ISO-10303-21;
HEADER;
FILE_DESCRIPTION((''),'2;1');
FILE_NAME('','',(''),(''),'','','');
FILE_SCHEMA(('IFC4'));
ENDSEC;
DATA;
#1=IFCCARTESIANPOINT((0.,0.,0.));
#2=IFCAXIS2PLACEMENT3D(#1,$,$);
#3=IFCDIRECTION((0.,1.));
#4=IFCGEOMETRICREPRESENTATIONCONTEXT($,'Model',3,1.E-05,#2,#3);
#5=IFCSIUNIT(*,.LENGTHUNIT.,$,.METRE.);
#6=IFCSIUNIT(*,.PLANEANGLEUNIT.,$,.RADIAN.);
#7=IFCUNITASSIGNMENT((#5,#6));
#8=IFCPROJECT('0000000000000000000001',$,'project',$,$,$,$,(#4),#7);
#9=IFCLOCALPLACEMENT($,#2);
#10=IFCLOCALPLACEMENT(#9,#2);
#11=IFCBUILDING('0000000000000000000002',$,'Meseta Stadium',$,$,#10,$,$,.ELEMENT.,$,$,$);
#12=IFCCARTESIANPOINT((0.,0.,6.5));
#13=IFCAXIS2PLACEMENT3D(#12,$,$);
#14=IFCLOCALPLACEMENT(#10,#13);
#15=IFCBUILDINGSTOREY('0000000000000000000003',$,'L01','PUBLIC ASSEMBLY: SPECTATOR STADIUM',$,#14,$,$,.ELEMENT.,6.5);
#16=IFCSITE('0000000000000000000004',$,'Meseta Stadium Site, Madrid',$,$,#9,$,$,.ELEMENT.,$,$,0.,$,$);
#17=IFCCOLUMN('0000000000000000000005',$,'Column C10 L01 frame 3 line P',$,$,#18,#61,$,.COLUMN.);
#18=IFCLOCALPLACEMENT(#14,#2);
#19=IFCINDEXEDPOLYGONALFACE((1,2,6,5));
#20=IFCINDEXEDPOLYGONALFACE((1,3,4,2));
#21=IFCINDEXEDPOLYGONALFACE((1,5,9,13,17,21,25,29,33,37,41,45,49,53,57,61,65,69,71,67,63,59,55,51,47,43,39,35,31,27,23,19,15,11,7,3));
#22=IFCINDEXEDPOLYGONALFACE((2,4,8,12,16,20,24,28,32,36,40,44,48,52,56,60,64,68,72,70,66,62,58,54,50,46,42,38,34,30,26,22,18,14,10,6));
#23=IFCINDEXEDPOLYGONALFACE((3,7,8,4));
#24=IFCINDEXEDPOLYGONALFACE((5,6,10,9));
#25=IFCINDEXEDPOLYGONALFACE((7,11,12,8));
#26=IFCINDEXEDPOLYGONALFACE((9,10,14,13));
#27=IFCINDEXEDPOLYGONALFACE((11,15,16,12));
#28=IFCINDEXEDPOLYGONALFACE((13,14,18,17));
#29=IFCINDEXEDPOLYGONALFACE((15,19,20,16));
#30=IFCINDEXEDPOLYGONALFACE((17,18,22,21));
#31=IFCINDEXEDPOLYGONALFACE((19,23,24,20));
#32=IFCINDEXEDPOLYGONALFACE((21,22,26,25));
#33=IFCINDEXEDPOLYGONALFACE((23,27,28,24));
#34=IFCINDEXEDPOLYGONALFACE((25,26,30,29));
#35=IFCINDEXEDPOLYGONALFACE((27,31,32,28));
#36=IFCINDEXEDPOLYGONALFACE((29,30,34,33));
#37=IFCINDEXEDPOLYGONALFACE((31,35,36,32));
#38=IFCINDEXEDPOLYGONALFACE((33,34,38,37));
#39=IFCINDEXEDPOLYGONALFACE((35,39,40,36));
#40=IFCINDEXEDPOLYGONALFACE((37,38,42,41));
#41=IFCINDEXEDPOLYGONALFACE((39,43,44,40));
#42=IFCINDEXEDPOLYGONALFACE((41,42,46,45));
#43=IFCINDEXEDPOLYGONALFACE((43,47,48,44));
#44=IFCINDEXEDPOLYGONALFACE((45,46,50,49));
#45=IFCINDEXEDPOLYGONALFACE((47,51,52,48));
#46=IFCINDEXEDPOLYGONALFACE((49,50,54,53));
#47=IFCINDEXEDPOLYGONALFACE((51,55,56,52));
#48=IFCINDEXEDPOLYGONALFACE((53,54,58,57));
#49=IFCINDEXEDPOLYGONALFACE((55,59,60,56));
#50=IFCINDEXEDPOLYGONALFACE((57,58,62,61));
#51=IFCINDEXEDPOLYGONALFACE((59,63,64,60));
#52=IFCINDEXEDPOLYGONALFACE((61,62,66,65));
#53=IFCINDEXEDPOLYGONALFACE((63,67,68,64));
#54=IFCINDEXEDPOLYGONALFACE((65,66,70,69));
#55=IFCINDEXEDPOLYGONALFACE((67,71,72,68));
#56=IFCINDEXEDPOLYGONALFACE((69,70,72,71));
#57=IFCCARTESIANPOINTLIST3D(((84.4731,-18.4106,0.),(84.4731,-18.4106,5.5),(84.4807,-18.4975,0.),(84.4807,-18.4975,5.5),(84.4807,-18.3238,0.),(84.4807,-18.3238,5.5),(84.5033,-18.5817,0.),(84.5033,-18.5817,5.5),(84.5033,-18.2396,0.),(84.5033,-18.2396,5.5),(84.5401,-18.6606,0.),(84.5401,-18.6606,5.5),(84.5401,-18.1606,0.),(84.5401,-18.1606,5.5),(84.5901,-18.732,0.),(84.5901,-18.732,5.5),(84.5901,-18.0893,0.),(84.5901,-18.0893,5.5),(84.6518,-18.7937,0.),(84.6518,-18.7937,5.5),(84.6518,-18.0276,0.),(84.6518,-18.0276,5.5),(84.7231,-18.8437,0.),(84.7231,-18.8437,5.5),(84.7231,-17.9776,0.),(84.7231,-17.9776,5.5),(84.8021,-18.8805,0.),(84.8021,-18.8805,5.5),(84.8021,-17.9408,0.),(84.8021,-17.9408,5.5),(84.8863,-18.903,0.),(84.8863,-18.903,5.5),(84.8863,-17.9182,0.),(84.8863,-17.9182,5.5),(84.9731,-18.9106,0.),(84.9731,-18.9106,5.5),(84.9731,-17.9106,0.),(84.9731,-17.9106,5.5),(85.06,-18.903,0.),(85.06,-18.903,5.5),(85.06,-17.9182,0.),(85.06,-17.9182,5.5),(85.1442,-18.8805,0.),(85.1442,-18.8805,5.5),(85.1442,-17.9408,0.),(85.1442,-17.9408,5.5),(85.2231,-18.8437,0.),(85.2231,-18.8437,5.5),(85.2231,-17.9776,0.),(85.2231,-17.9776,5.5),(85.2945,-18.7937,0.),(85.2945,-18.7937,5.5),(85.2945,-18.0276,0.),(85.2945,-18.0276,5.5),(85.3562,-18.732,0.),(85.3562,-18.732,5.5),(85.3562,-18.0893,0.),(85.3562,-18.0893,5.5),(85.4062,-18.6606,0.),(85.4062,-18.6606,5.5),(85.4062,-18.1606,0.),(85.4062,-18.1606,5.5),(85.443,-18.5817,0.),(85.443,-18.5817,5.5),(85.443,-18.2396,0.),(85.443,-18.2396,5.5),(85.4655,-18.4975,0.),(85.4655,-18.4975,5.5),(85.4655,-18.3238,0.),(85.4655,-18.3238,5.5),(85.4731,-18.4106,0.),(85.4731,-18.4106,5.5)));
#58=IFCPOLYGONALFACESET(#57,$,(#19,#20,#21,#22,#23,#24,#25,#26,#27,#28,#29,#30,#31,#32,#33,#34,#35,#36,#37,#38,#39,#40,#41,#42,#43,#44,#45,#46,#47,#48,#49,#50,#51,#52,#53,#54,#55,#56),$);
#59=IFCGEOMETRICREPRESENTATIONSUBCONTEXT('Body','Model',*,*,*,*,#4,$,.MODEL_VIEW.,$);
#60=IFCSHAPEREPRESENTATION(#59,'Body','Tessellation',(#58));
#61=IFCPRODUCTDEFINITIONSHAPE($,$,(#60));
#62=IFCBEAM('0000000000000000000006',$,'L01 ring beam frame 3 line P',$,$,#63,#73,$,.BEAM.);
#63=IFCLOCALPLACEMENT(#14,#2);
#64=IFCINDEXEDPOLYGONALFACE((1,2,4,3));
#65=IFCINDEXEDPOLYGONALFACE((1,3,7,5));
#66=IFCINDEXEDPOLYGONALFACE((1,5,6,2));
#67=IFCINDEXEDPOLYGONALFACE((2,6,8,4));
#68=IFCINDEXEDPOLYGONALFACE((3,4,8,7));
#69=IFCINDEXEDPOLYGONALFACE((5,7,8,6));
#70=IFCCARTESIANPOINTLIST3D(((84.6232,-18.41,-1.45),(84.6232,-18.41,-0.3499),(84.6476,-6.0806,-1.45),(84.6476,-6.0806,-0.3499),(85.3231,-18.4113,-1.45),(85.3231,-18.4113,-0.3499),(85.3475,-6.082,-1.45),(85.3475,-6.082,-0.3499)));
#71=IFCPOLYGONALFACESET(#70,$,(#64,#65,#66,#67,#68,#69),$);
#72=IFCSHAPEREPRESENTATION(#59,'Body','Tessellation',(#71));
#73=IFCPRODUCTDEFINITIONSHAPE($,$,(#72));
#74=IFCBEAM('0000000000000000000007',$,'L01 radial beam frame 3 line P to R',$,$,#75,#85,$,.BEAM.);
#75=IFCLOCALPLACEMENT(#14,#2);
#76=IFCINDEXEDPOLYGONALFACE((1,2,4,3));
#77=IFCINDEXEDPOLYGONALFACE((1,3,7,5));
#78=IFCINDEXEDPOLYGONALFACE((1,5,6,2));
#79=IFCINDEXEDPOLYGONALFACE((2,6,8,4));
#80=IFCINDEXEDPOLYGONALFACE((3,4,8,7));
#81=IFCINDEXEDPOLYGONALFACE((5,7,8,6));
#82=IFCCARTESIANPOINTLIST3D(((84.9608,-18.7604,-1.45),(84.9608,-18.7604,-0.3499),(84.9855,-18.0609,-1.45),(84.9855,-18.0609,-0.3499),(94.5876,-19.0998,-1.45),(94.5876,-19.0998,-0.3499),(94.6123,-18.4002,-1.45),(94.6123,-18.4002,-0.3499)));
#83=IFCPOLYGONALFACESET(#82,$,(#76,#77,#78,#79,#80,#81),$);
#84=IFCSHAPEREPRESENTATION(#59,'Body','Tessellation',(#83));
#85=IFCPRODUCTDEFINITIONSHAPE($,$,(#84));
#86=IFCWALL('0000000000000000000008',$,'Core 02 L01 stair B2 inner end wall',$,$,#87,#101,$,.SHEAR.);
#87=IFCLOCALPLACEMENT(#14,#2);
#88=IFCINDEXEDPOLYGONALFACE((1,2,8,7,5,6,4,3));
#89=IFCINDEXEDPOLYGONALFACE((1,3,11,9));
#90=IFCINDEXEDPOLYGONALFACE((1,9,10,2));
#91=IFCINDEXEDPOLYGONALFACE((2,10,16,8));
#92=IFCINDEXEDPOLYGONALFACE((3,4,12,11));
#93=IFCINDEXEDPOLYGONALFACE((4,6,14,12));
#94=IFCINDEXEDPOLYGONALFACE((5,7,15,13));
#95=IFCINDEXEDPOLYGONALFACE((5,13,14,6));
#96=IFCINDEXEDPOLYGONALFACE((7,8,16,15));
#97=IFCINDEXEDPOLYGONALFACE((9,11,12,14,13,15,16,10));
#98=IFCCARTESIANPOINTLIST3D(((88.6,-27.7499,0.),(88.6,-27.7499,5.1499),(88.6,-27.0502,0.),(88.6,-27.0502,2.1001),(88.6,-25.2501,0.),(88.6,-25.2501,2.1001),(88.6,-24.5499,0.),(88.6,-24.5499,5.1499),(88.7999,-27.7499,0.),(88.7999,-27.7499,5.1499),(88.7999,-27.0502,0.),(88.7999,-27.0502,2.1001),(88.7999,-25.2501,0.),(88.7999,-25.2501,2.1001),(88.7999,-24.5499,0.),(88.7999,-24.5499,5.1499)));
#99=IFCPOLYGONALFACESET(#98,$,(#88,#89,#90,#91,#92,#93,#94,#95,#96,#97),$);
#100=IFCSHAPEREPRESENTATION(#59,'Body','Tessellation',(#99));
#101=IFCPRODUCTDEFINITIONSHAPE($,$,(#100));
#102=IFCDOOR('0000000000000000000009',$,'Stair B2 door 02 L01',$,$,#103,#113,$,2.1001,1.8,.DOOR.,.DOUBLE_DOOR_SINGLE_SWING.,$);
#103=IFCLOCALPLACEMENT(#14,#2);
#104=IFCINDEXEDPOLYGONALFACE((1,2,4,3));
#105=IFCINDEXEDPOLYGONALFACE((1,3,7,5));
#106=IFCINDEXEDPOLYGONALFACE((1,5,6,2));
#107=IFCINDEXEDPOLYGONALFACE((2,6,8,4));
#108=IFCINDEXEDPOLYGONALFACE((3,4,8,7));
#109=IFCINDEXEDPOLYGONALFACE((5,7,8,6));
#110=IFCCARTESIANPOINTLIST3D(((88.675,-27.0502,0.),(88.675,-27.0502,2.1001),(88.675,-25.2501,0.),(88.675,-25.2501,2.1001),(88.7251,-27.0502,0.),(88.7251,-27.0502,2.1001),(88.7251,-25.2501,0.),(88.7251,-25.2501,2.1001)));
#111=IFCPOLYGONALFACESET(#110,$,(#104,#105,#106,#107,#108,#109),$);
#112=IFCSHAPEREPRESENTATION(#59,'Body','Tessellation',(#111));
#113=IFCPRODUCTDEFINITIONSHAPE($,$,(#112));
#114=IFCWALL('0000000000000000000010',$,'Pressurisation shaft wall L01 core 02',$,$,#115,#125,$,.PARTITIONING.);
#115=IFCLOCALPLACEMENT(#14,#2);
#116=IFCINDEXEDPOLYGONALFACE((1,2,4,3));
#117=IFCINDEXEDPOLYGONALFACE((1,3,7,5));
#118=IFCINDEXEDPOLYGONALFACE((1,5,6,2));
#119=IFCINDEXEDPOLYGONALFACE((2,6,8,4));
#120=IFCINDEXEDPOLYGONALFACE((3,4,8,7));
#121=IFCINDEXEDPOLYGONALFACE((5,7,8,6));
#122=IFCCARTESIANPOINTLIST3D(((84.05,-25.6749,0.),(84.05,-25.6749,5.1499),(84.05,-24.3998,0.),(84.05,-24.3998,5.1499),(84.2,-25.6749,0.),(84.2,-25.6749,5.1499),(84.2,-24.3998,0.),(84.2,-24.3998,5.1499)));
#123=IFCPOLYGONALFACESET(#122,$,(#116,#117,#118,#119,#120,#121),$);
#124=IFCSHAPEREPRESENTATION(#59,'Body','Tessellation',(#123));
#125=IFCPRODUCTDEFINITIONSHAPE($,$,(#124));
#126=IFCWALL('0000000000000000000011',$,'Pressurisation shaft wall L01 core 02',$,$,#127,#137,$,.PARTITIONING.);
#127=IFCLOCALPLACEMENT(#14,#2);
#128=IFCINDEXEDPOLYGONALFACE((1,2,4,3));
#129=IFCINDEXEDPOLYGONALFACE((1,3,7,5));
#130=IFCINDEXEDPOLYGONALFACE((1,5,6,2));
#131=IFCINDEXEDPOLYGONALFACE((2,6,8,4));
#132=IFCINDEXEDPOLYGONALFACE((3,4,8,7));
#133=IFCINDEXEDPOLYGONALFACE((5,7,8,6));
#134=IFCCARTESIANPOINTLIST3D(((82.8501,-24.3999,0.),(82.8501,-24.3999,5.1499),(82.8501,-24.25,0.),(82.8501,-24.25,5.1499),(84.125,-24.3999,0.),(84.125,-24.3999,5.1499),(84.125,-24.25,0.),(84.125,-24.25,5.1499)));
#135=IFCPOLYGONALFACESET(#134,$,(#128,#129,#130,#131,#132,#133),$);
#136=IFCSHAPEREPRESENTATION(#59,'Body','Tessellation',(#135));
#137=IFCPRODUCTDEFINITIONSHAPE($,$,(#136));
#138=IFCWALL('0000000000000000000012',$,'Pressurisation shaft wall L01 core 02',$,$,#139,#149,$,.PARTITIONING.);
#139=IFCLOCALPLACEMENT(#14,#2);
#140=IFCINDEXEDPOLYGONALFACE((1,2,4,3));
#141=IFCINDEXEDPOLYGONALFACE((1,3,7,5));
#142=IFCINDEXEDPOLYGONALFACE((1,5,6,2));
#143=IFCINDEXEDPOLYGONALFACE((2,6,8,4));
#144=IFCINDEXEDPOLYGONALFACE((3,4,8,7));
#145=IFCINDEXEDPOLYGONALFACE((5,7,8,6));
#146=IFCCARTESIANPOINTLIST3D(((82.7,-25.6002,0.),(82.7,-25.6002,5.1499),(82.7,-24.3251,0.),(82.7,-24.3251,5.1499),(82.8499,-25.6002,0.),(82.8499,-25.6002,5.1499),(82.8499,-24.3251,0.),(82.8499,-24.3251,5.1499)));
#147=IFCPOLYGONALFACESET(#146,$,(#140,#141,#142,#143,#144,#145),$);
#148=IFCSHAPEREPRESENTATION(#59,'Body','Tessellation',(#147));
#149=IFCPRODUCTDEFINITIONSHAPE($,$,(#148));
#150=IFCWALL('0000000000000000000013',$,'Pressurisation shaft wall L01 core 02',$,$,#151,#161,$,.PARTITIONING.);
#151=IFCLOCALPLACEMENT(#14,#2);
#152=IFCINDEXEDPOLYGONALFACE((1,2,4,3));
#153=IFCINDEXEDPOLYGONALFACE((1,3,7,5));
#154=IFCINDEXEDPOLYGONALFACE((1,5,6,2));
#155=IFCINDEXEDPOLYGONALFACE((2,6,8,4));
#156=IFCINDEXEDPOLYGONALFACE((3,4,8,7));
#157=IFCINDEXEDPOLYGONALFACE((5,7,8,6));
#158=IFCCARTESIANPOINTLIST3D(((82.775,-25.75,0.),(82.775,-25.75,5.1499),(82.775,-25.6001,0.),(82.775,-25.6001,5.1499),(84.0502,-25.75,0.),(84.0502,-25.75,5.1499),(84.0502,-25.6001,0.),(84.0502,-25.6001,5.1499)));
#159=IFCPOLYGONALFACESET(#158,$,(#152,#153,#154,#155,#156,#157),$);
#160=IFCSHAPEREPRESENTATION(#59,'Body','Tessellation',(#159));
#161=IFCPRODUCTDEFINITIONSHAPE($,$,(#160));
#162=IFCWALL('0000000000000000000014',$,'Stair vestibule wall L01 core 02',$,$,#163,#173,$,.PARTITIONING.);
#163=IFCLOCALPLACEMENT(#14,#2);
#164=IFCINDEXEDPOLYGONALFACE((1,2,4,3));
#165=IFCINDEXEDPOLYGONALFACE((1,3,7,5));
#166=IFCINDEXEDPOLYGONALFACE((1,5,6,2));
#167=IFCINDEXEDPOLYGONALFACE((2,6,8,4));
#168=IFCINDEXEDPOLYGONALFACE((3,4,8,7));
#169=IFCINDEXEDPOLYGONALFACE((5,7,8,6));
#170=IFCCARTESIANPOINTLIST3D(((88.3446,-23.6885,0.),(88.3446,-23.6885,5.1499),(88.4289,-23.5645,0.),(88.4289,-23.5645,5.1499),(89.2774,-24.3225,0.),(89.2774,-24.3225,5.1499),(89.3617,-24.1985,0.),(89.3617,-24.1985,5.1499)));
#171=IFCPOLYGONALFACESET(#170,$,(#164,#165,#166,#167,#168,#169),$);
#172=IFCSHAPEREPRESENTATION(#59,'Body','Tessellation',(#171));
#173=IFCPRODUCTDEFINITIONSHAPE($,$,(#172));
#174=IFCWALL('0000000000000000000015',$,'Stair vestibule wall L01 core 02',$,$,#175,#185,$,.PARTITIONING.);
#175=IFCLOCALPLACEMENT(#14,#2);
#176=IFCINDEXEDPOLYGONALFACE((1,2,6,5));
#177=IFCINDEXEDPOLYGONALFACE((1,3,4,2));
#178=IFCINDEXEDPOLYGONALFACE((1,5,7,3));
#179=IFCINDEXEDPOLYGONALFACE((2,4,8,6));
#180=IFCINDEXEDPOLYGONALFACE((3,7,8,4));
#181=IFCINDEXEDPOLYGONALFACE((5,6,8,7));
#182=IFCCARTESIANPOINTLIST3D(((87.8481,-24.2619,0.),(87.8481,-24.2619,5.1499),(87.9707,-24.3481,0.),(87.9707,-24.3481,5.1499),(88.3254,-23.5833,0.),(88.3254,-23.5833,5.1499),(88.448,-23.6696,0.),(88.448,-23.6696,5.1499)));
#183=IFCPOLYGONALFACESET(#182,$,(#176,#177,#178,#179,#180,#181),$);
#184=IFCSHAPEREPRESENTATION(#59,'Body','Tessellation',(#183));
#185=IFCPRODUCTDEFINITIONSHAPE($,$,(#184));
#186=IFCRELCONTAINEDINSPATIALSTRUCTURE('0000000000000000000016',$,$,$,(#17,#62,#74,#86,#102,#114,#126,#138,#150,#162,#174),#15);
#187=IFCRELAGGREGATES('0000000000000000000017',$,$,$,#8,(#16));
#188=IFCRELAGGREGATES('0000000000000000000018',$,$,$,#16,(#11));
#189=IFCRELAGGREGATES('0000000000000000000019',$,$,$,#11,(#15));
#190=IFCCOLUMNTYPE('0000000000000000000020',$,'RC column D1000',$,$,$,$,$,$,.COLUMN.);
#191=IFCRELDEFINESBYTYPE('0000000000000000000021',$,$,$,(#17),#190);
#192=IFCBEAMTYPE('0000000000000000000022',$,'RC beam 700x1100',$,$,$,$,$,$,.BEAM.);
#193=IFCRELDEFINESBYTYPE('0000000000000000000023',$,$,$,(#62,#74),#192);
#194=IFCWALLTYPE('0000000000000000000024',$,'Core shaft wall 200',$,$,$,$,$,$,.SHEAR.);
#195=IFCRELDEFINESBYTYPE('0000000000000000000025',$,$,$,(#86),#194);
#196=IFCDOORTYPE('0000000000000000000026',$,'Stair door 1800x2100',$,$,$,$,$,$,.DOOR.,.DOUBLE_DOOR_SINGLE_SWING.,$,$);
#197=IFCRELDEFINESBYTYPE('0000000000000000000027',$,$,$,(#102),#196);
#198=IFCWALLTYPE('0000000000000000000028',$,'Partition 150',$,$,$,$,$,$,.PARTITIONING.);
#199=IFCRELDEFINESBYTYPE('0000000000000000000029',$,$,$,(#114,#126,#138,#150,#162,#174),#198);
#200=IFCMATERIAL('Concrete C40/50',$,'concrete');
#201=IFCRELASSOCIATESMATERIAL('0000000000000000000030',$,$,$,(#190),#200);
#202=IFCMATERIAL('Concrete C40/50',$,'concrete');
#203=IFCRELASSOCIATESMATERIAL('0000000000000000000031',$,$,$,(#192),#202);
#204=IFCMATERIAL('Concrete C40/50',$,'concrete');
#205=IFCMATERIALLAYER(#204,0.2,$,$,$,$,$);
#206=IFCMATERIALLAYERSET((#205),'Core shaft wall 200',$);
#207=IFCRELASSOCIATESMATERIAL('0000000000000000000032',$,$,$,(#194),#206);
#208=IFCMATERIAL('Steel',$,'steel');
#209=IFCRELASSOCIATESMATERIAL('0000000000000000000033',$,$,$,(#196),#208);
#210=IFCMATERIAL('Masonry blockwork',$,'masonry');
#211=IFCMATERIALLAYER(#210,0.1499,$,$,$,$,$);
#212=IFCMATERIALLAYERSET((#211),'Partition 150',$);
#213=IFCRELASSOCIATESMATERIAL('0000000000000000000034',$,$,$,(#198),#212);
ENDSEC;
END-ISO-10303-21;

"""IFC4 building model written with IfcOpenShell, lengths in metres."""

from ifc_helpers import new_model, si_unit, direction, frame, frame_2d, origin, origin_2d, place, context, subcontext, project, spatial, rectangle, circle, extrude, material, layer, layer_set, material_profile, profile_set, type_object, element, fill, save


model = new_model("IFC4")

# Units and contexts
model_context = context("Model", 3, precision=1e-05, world=origin(), true_north=direction((0.0, 1.0)))
body_context = subcontext(model_context, "Body", "Model", "MODEL_VIEW")
ifc_project = project(units=[si_unit("LENGTHUNIT", "METRE"), si_unit("PLANEANGLEUNIT", "RADIAN")], contexts=[model_context])

# Site, building, storey
site_placement = place(None, origin())
site = spatial("IfcSite", under=ifc_project, at=site_placement, Name="Meseta Stadium Site, Madrid", CompositionType="ELEMENT", RefElevation=0.0)
building_placement = place(site_placement, origin())
building = spatial("IfcBuilding", under=site, at=building_placement, Name="Meseta Stadium", CompositionType="ELEMENT")
storey_placement = place(building_placement, frame((0.0, 0.0, 6.5)))
storey = spatial("IfcBuildingStorey", under=building, at=storey_placement, Name="L01", Description="PUBLIC ASSEMBLY: SPECTATOR STADIUM", CompositionType="ELEMENT", Elevation=6.5)

# Column
ifc_material_1 = material(Name="Concrete C40/50", Category="concrete")
ifc_material_profile_1 = material_profile(ifc_material_1, circle(Radius=0.5, at=origin_2d()), Name="RC D1000")
ifc_profile_set_1 = profile_set([ifc_material_profile_1], Name="Concrete C40/50")
column_type = type_object("IfcColumnType", Name="RC column D1000", PredefinedType="COLUMN", material=ifc_profile_set_1)
column_placement = place(storey_placement, frame((84.9731, -18.4106, 0.0), z_axis=(0.0, 0.0, 1.0), x_axis=(1.0, 0.0, 0.0)))
element("IfcColumn", 1, at=column_placement, inside=storey, type_object=column_type, Name="Column C10 L01 frame 3 line P", PredefinedType="COLUMN", context=body_context, shape_type="SweptSolid", body=[
    extrude(circle(Radius=0.5, at=origin_2d()), origin(), (0.0, 0.0, 1.0), 5.5),
])

# Beams
ifc_material_2 = material(Name="Concrete C40/50", Category="concrete")
ifc_material_profile_2 = material_profile(ifc_material_2, rectangle(XDim=0.7, YDim=1.1001, at=origin_2d()), Name="RC 700x1100")
ifc_profile_set_2 = profile_set([ifc_material_profile_2], Name="Concrete C40/50")
beam_type = type_object("IfcBeamType", Name="RC beam 700x1100", PredefinedType="BEAM", material=ifc_profile_set_2)
beam_1_placement = place(storey_placement, frame((84.9731, -18.4106, -0.8999), z_axis=(0.00198, 0.999998, 0.0), x_axis=(-0.999998, 0.00198, 0.0)))
element("IfcBeam", 2, at=beam_1_placement, inside=storey, type_object=beam_type, Name="L01 ring beam frame 3 line P", PredefinedType="BEAM", context=body_context, shape_type="SweptSolid", body=[
    extrude(rectangle(XDim=0.7, YDim=1.1001, at=origin_2d()), origin(), (0.0, 0.0, 1.0), 12.3293),
])
beam_2_placement = place(storey_placement, frame((84.9731, -18.4106, -0.8999), z_axis=(0.999379, -0.035229, 0.0), x_axis=(0.035229, 0.999379, 0.0)))
element("IfcBeam", 3, at=beam_2_placement, inside=storey, type_object=beam_type, Name="L01 radial beam frame 3 line P to R", PredefinedType="BEAM", context=body_context, shape_type="SweptSolid", body=[
    extrude(rectangle(XDim=0.7, YDim=1.1001, at=origin_2d()), origin(), (0.0, 0.0, 1.0), 9.6328),
])

# Wall, opening, door
ifc_material_3 = material(Name="Concrete C40/50", Category="concrete")
ifc_layer_1 = layer(ifc_material_3, 0.2)
ifc_layer_set_1 = layer_set([ifc_layer_1], Name="Core shaft wall 200")
wall_type_1 = type_object("IfcWallType", Name="Core shaft wall 200", PredefinedType="SHEAR", material=ifc_layer_set_1)
wall_1_placement = place(storey_placement, frame((88.7, -27.75, 0.0), z_axis=(0.0, 0.0, 1.0), x_axis=(0.0, 1.0, 0.0)))
wall_1 = element("IfcWall", 4, at=wall_1_placement, inside=storey, type_object=wall_type_1, Name="Core 02 L01 stair B2 inner end wall", PredefinedType="SHEAR", context=body_context, shape_type="SweptSolid", body=[
    extrude(rectangle(XDim=3.2, YDim=0.2, at=frame_2d((1.6001, 0.0))), origin(), (0.0, 0.0, 1.0), 5.1499),
])
opening_1_placement = place(wall_1_placement, frame((0.7, 0.0, 0.0)))
opening_1 = element("IfcOpeningElement", 5, at=opening_1_placement, cuts=wall_1, PredefinedType="OPENING", context=body_context, shape_type="SweptSolid", body=[
    extrude(rectangle(XDim=1.8, YDim=2.1001, at=frame_2d((0.8999, 1.05))), frame((0.0, 0.1099, 0.0), z_axis=(0.0, -1.0, 0.0), x_axis=(1.0, 0.0, 0.0)), (0.0, 0.0, 1.0), 0.22),
])
ifc_material_4 = material(Name="Steel", Category="steel")
door_type_1 = type_object("IfcDoorType", Name="Stair door 1800x2100", OperationType="DOUBLE_DOOR_SINGLE_SWING", PredefinedType="DOOR", material=ifc_material_4)
door_1_placement = place(opening_1_placement, origin())
door_1 = element("IfcDoor", 6, at=door_1_placement, inside=storey, type_object=door_type_1, Name="Stair B2 door 02 L01", OperationType="DOUBLE_DOOR_SINGLE_SWING", OverallHeight=2.1001, OverallWidth=1.8, PredefinedType="DOOR", context=body_context, shape_type="SweptSolid", body=[
    extrude(rectangle(XDim=1.8, YDim=2.1001, at=frame_2d((0.8999, 1.05))), frame((0.0, 0.0249, 0.0), z_axis=(0.0, -1.0, 0.0), x_axis=(1.0, 0.0, 0.0)), (0.0, 0.0, 1.0), 0.05),
])
fill(opening_1, door_1)

# Walls
ifc_material_5 = material(Name="Masonry blockwork", Category="masonry")
ifc_layer_2 = layer(ifc_material_5, 0.1499)
ifc_layer_set_2 = layer_set([ifc_layer_2], Name="Partition 150")
wall_type_2 = type_object("IfcWallType", Name="Partition 150", PredefinedType="PARTITIONING", material=ifc_layer_set_2)
wall_2_placement = place(storey_placement, frame((84.125, -25.675, 0.0), z_axis=(0.0, 0.0, 1.0), x_axis=(0.0, 1.0, 0.0)))
element("IfcWall", 7, at=wall_2_placement, inside=storey, type_object=wall_type_2, Name="Pressurisation shaft wall L01 core 02", PredefinedType="PARTITIONING", context=body_context, shape_type="SweptSolid", body=[
    extrude(rectangle(XDim=1.2751, YDim=0.1499, at=frame_2d((0.6377, 0.0))), origin(), (0.0, 0.0, 1.0), 5.1499),
])
wall_3_placement = place(storey_placement, frame((84.125, -24.325, 0.0), z_axis=(0.0, 0.0, 1.0), x_axis=(-1.0, 0.0, 0.0)))
element("IfcWall", 8, at=wall_3_placement, inside=storey, type_object=wall_type_2, Name="Pressurisation shaft wall L01 core 02", PredefinedType="PARTITIONING", context=body_context, shape_type="SweptSolid", body=[
    extrude(rectangle(XDim=1.2749, YDim=0.1499, at=frame_2d((0.6375, 0.0))), origin(), (0.0, 0.0, 1.0), 5.1499),
])
for number, where, z_axis, x_axis, name in (
    (9, (82.7749, -24.325, 0.0), (0.0, 0.0, 1.0), (0.0, -1.0, 0.0), "Pressurisation shaft wall L01 core 02"),
    (10, (82.7749, -25.675, 0.0), (0.0, 0.0, 1.0), (1.0, 0.0, 0.0), "Pressurisation shaft wall L01 core 02"),
):
    element("IfcWall", number, at=place(storey_placement, frame(where, z_axis=z_axis, x_axis=x_axis)), inside=storey, type_object=wall_type_2, Name=name, PredefinedType="PARTITIONING", context=body_context, shape_type="SweptSolid", body=[
        extrude(rectangle(XDim=1.2751, YDim=0.1499, at=frame_2d((0.6377, 0.0))), origin(), (0.0, 0.0, 1.0), 5.1499),
    ])
wall_4_placement = place(storey_placement, frame((89.3196, -24.2605, 0.0), z_axis=(0.0, 0.0, 1.0), x_axis=(-0.827055, 0.562121, 0.0)))
element("IfcWall", 11, at=wall_4_placement, inside=storey, type_object=wall_type_2, Name="Stair vestibule wall L01 core 02", PredefinedType="PARTITIONING", context=body_context, shape_type="SweptSolid", body=[
    extrude(rectangle(XDim=1.1279, YDim=0.1499, at=frame_2d((0.564, 0.0))), origin(), (0.0, 0.0, 1.0), 5.1499),
])
wall_5_placement = place(storey_placement, frame((88.3867, -23.6265, 0.0), z_axis=(0.0, 0.0, 1.0), x_axis=(-0.575377, -0.817888, 0.0)))
element("IfcWall", 12, at=wall_5_placement, inside=storey, type_object=wall_type_2, Name="Stair vestibule wall L01 core 02", PredefinedType="PARTITIONING", context=body_context, shape_type="SweptSolid", body=[
    extrude(rectangle(XDim=0.8296, YDim=0.1499, at=frame_2d((0.4148, 0.0))), origin(), (0.0, 0.0, 1.0), 5.1499),
])

save(model, "model.ifc")
